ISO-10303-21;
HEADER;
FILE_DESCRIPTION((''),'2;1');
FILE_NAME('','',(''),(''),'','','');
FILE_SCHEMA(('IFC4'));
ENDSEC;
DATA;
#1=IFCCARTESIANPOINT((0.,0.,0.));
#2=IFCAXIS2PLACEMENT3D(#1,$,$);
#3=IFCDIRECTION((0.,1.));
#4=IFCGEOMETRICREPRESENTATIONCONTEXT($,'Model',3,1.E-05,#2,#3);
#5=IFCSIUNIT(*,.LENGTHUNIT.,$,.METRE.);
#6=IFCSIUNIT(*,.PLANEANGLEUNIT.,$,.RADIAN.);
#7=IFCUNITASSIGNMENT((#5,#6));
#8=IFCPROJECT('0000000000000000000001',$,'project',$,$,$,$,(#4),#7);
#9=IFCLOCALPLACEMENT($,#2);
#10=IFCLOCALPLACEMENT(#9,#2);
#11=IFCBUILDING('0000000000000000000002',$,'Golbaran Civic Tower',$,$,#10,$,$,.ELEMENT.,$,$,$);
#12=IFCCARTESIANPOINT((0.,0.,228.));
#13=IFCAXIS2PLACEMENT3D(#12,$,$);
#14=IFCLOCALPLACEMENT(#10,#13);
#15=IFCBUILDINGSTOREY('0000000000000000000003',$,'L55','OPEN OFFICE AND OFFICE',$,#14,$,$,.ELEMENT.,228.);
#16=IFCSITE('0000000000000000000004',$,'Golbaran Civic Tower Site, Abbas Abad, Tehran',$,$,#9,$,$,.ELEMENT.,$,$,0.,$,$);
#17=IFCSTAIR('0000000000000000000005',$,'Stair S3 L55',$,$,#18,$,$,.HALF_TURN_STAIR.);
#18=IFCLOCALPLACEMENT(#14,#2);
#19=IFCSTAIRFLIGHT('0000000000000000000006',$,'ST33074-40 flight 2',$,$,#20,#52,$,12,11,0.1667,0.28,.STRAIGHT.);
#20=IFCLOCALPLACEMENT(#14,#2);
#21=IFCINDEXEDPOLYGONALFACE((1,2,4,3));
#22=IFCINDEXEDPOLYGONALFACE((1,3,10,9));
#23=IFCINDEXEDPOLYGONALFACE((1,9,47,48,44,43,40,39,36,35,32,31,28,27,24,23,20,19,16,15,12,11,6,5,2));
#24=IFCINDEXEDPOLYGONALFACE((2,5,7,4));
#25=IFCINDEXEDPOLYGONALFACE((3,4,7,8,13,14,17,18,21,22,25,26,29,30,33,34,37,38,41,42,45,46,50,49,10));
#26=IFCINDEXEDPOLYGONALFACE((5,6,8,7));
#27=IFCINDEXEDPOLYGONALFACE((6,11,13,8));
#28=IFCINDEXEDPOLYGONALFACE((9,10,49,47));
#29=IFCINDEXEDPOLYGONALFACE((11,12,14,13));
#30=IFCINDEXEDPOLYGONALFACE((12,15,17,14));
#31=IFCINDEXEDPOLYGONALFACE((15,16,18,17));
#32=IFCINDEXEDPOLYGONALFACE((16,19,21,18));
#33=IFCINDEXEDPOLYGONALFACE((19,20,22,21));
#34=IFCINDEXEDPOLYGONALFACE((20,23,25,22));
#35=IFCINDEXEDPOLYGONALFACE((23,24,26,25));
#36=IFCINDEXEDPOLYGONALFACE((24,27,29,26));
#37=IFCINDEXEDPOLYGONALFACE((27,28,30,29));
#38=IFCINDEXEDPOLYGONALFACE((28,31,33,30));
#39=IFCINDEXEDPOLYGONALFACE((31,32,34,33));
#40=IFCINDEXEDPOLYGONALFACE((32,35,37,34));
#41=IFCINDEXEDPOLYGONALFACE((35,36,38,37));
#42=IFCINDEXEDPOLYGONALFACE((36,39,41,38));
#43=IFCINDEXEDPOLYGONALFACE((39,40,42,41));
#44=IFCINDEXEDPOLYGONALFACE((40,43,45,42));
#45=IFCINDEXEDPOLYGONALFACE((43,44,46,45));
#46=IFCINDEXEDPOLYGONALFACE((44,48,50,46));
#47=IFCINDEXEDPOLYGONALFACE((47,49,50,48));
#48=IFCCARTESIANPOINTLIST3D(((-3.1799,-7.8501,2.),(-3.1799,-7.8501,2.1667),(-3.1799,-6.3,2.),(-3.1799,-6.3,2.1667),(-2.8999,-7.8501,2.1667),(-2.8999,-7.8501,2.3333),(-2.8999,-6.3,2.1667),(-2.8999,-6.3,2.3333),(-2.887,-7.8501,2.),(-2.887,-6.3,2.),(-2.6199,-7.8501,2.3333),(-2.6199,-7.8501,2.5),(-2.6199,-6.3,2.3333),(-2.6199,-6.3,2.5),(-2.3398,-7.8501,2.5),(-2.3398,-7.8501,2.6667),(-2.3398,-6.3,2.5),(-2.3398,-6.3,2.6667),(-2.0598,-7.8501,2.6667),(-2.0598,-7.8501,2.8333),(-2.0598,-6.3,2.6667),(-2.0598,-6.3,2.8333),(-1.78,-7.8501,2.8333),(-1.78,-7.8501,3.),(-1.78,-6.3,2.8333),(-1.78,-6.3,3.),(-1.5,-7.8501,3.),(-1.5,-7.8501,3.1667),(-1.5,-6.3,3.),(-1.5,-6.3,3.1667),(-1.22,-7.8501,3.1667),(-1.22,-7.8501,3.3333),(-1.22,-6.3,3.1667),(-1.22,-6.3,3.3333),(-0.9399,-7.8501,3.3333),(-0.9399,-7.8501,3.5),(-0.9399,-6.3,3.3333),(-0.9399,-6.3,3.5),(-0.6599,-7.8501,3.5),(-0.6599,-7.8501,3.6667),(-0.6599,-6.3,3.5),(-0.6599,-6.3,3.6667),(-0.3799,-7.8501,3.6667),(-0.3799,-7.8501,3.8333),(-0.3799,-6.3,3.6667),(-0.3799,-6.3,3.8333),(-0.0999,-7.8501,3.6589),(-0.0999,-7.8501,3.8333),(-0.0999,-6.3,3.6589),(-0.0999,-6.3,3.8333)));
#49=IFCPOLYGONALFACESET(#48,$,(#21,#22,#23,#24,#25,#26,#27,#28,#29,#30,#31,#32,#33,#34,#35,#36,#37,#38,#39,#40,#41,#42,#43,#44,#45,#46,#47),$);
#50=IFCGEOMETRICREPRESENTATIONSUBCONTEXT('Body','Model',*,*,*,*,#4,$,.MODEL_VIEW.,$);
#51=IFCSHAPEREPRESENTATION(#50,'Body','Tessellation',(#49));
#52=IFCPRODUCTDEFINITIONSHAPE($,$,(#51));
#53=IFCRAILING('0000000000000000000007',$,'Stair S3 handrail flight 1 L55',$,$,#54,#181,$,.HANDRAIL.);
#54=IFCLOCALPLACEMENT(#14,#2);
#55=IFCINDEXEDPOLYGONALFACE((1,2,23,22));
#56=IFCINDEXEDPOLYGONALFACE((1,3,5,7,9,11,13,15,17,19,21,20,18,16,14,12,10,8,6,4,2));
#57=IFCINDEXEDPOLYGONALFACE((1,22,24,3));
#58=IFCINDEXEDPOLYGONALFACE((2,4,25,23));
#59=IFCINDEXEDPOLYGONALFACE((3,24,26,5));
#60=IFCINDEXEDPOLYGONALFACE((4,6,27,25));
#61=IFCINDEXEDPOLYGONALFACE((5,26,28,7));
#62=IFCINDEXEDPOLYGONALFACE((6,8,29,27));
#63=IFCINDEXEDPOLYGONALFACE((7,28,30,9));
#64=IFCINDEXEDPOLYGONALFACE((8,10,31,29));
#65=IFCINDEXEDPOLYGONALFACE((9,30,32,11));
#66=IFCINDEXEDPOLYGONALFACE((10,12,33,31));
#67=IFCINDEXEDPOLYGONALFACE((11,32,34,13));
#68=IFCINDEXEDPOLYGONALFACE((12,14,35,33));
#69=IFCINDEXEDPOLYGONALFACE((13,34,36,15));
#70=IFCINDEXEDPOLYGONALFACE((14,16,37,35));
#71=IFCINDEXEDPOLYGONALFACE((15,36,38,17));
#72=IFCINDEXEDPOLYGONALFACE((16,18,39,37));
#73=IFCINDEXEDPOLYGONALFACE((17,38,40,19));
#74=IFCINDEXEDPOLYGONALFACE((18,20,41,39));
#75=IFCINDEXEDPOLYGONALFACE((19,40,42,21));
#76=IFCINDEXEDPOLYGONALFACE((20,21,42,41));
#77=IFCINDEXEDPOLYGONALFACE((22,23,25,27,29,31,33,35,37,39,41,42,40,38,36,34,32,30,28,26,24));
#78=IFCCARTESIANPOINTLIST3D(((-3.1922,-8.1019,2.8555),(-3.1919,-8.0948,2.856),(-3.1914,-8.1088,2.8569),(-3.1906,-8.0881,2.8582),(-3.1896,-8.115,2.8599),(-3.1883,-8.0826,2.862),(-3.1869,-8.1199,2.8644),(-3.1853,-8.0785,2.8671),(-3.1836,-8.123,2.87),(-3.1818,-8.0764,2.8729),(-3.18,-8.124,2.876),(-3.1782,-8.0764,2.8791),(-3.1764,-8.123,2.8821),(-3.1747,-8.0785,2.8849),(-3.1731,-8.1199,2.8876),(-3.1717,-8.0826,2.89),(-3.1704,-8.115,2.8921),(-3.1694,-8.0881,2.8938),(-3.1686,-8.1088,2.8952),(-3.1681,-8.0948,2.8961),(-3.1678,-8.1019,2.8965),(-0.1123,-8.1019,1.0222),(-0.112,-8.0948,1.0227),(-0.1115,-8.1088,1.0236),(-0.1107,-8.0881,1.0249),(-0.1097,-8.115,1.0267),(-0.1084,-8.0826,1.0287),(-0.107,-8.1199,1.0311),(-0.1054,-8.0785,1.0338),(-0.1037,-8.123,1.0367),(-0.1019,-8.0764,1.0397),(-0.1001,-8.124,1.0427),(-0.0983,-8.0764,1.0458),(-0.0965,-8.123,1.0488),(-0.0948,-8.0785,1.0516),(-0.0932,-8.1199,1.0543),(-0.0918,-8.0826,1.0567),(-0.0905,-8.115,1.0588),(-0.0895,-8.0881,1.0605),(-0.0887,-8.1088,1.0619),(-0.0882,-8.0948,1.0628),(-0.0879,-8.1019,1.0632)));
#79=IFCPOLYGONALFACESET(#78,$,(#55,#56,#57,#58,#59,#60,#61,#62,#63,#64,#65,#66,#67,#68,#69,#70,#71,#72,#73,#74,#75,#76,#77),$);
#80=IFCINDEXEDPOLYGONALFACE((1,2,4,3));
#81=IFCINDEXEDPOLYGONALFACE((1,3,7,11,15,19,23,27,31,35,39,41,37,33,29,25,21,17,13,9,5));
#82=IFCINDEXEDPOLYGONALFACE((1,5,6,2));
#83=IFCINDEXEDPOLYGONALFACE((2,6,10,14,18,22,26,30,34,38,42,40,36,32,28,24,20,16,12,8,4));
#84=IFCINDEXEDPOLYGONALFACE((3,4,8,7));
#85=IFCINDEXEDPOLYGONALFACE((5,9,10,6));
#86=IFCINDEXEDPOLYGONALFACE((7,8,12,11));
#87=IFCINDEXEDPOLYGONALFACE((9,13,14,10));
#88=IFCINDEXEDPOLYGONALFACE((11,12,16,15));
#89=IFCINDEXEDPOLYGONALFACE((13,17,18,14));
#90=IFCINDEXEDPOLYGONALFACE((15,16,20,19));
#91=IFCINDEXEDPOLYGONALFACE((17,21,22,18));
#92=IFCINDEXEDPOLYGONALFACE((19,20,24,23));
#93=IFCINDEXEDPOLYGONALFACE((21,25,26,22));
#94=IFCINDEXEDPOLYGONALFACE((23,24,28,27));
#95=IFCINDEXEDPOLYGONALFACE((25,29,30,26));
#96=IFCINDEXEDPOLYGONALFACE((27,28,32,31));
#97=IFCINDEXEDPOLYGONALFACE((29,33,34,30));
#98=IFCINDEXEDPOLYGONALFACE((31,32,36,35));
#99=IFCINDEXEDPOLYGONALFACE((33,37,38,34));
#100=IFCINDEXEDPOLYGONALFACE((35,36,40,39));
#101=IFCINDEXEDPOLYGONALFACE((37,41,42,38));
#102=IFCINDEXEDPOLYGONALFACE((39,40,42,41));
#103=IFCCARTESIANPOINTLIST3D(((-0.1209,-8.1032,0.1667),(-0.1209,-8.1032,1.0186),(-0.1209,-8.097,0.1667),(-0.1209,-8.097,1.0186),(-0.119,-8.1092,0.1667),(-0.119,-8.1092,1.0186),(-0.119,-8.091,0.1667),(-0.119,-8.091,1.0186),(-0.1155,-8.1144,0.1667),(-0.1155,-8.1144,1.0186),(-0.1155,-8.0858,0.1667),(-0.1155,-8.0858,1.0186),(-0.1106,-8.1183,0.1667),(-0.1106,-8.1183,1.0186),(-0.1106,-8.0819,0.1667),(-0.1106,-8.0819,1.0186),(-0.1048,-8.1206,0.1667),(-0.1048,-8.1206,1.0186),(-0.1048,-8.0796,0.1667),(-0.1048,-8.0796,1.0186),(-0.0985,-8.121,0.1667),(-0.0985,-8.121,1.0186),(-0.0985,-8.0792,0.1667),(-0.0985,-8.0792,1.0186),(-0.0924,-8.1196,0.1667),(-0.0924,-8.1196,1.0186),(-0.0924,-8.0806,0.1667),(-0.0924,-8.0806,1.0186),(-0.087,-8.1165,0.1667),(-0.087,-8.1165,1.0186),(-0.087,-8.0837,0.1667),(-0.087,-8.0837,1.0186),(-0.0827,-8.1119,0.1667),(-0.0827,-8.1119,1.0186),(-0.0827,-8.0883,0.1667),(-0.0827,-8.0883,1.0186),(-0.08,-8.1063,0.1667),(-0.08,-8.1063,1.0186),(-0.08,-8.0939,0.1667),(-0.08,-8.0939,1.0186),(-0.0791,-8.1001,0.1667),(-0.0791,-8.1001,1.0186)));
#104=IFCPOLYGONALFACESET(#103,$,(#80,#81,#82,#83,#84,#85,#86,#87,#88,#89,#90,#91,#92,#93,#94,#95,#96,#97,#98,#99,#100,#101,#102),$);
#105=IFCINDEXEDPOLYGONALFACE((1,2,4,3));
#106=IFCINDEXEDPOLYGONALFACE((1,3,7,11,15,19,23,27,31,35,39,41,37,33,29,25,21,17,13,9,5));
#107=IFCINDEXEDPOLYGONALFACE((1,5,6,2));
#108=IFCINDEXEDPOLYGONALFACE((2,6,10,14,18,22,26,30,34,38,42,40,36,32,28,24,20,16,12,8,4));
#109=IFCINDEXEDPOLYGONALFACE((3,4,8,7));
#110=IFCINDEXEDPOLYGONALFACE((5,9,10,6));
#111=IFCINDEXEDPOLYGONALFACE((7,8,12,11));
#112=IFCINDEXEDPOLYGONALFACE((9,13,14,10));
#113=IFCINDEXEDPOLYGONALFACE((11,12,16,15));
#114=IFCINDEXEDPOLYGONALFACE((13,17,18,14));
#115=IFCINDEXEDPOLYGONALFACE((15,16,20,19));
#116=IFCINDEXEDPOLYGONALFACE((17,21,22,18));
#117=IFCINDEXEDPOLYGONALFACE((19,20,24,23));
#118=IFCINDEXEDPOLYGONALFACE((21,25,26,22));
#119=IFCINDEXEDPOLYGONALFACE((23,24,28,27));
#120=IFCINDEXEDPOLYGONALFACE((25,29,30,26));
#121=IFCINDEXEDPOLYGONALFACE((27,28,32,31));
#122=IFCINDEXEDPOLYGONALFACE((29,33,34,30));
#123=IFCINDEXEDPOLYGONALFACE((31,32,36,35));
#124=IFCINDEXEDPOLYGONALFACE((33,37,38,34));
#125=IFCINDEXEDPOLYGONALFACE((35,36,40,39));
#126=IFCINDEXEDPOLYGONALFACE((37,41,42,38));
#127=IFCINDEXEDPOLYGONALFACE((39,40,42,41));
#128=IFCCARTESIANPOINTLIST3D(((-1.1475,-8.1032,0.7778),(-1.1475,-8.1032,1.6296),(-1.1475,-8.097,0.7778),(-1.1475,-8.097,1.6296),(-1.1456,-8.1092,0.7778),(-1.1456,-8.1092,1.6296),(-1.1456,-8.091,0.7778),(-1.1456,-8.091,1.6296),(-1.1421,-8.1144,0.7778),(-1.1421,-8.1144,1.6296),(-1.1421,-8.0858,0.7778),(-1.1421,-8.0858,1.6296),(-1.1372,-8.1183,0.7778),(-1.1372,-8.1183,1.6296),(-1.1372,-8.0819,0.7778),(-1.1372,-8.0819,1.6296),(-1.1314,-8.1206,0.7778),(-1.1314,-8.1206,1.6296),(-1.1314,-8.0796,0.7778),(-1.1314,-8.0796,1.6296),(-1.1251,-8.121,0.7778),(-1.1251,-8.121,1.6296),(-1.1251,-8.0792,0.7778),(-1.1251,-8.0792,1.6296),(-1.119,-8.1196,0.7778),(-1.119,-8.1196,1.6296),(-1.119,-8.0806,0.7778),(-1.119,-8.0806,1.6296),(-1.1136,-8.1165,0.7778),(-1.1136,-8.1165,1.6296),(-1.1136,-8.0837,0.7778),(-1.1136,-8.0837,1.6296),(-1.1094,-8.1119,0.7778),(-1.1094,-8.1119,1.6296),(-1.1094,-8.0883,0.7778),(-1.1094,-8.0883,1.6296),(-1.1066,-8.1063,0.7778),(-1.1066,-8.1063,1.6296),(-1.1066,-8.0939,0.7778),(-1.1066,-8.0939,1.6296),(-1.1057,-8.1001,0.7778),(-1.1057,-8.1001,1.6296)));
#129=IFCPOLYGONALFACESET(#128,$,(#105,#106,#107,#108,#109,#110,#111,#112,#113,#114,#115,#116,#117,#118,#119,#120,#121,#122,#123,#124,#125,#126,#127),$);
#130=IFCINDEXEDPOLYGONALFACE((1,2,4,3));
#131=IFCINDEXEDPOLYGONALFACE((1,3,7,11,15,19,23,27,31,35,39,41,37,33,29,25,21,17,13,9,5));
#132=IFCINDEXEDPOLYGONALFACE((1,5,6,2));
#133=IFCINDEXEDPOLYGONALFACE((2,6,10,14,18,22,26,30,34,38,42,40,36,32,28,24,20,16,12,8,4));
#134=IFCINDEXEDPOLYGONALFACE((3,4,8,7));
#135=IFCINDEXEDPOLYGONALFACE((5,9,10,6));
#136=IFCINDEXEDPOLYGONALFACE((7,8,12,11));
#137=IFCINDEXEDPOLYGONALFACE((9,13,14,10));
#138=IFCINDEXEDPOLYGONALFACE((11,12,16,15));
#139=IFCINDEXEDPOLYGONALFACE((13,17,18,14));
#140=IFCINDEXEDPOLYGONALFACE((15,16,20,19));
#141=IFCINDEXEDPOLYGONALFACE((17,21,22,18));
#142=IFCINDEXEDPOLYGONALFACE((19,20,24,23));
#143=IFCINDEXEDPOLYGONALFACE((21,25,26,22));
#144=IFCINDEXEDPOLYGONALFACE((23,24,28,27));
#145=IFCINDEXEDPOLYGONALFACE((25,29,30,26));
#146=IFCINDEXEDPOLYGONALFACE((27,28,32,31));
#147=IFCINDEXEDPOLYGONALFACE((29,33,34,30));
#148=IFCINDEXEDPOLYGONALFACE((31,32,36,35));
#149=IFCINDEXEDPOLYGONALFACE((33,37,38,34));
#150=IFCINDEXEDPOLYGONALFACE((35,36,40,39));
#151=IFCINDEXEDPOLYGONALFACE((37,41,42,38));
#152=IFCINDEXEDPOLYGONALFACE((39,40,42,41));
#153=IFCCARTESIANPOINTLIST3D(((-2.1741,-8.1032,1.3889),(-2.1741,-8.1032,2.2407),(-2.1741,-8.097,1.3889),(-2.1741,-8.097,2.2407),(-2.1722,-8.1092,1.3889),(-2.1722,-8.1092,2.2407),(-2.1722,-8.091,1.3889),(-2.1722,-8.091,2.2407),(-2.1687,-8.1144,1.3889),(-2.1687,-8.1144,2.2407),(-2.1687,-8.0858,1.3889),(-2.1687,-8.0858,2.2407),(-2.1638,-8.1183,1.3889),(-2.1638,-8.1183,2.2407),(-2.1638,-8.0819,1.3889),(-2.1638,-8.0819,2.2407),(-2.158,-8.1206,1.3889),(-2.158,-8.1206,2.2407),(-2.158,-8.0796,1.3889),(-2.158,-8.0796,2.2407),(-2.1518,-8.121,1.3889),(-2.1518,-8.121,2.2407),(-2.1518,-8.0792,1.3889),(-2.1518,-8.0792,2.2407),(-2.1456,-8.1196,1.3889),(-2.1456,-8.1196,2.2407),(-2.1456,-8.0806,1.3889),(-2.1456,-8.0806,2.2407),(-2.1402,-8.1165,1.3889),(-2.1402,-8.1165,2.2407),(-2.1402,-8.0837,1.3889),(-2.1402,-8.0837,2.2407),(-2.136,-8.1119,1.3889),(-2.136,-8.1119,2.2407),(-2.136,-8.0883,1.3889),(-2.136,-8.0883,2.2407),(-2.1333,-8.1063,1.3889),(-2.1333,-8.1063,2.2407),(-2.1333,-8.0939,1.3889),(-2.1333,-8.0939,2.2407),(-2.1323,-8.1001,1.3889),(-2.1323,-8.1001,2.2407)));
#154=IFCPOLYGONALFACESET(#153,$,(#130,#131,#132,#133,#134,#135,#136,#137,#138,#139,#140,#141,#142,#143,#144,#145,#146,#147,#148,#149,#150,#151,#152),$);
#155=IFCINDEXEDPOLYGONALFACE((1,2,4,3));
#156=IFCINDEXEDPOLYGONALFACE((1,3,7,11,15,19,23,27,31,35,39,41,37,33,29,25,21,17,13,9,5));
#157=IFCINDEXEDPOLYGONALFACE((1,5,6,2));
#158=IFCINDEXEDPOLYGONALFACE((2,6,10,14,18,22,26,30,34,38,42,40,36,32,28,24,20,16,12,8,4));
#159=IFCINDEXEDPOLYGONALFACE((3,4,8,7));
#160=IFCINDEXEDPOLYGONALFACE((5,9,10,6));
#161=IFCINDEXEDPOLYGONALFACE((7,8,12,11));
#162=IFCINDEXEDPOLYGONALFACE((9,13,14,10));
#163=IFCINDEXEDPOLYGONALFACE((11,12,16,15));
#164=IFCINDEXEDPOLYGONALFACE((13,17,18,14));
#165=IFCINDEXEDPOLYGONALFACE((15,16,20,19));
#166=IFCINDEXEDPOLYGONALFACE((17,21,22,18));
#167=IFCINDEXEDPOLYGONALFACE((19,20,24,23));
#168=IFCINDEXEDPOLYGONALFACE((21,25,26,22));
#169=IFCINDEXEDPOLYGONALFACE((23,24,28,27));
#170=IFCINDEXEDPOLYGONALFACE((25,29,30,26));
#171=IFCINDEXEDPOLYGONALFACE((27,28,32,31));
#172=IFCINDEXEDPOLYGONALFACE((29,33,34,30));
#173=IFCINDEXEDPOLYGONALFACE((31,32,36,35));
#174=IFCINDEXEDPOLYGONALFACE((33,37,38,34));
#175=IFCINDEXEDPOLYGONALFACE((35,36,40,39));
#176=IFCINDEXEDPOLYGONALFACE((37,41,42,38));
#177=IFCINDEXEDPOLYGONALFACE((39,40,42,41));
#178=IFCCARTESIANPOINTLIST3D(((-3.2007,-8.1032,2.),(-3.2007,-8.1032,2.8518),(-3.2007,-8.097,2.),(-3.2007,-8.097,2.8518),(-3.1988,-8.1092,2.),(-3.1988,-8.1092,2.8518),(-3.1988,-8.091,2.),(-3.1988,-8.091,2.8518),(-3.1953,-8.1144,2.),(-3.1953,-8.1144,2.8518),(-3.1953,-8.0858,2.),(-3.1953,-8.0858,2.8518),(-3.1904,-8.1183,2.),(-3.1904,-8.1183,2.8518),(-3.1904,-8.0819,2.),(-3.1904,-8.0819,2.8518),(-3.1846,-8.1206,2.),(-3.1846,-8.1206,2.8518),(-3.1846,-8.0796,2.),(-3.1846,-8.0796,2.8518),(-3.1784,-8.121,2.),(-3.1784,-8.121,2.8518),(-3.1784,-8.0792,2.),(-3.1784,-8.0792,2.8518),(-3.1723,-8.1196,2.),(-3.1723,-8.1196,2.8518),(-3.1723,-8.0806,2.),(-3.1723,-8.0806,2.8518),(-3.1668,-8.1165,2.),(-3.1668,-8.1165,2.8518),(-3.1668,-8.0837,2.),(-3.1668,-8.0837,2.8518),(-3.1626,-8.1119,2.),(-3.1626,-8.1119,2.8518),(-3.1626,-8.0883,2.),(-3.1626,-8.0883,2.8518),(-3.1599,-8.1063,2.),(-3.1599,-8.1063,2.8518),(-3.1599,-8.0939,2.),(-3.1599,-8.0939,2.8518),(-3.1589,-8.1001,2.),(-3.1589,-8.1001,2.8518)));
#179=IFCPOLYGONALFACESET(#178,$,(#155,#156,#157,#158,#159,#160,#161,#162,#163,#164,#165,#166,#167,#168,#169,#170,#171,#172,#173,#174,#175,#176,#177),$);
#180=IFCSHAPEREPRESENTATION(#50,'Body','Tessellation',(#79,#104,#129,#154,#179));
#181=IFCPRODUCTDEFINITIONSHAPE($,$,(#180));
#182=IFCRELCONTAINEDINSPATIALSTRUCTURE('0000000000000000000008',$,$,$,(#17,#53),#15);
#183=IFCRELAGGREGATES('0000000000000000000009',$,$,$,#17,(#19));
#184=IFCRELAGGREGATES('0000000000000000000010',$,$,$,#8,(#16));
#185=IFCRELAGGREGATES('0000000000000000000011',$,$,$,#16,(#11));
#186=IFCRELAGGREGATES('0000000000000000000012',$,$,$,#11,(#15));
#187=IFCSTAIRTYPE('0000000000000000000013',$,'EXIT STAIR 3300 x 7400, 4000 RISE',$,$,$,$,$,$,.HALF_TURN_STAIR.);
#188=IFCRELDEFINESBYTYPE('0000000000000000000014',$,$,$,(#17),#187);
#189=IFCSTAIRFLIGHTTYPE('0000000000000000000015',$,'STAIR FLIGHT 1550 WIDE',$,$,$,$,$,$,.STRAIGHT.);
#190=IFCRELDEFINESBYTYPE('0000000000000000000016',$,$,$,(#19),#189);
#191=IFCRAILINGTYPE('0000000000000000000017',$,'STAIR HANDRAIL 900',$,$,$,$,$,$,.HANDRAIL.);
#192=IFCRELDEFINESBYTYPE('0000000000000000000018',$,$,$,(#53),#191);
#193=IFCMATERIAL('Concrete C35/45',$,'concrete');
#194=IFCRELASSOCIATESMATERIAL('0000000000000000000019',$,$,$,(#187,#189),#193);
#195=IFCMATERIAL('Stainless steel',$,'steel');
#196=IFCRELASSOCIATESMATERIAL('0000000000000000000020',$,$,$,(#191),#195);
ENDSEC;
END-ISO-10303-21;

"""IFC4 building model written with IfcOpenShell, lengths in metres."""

from ifc_helpers import new_model, si_unit, direction, frame, origin, origin_2d, place, context, subcontext, project, spatial, polyline, circle, outline, extrude, material, type_object, element, aggregate, save


model = new_model("IFC4")

# Units and contexts
model_context = context("Model", 3, precision=1e-05, world=origin(), true_north=direction((0.0, 1.0)))
body_context = subcontext(model_context, "Body", "Model", "MODEL_VIEW")
ifc_project = project(units=[si_unit("LENGTHUNIT", "METRE"), si_unit("PLANEANGLEUNIT", "RADIAN")], contexts=[model_context])

# Site, building, storey
site_placement = place(None, origin())
site = spatial("IfcSite", under=ifc_project, at=site_placement, Name="Golbaran Civic Tower Site, Abbas Abad, Tehran", CompositionType="ELEMENT", RefElevation=0.0)
building_placement = place(site_placement, origin())
building = spatial("IfcBuilding", under=site, at=building_placement, Name="Golbaran Civic Tower", CompositionType="ELEMENT")
storey_placement = place(building_placement, frame((0.0, 0.0, 228.0)))
storey = spatial("IfcBuildingStorey", under=building, at=storey_placement, Name="L55", Description="OPEN OFFICE AND OFFICE", CompositionType="ELEMENT", Elevation=228.0)

# Shared definitions
ifc_material_1 = material(Name="Concrete C35/45", Category="concrete")

# Shared definitions
ifc_material_2 = material(Name="Stainless steel", Category="steel")

# Stair, stair flight
stair_type_1 = type_object("IfcStairType", Name="EXIT STAIR 3300 x 7400, 4000 RISE", PredefinedType="HALF_TURN_STAIR", material=ifc_material_1)
stair_1_placement = place(storey_placement, origin())
stair_1 = element("IfcStair", 1, at=stair_1_placement, inside=storey, type_object=stair_type_1, Name="Stair S3 L55", PredefinedType="HALF_TURN_STAIR")
stair_flight_type = type_object("IfcStairFlightType", Name="STAIR FLIGHT 1550 WIDE", PredefinedType="STRAIGHT", material=ifc_material_1)
stair_flight_1_placement = place(storey_placement, frame((-3.1799, -7.075, 2.0), z_axis=(0.0, 0.0, 1.0), x_axis=(1.0, 0.0, 0.0)))
stair_flight_1 = element("IfcStairFlight", 2, at=stair_flight_1_placement, type_object=stair_flight_type, Name="ST33074-40 flight 2", NumberOfRisers=12, NumberOfTreads=11, PredefinedType="STRAIGHT", RiserHeight=0.1667, TreadLength=0.28, context=body_context, shape_type="SweptSolid", body=[
    extrude(outline(polyline([(0.0, 0.0), (0.0, 0.1667), (0.28, 0.1667), (0.28, 0.3333), (0.5601, 0.3333), (0.5601, 0.5), (0.8401, 0.5), (0.8401, 0.6667), (1.1201, 0.6667), (1.1201, 0.8333), (1.3999, 0.8333), (1.3999, 1.0), (1.6799, 1.0), (1.6799, 1.1667), (1.96, 1.1667), (1.96, 1.3333), (2.24, 1.3333), (2.24, 1.5), (2.52, 1.5), (2.52, 1.6667), (2.8, 1.6667), (2.8, 1.8333), (3.0801, 1.8333), (3.0801, 2.0), (3.0801, 1.6589), (0.293, 0.0), (0.0, 0.0)])), frame((0.0, 0.7749, 0.0), z_axis=(0.0, -1.0, 0.0), x_axis=(1.0, 0.0, 0.0)), (0.0, 0.0, 1.0), 1.55),
])
aggregate(stair_1, [stair_flight_1])

# Railing
railing_type = type_object("IfcRailingType", Name="STAIR HANDRAIL 900", PredefinedType="HANDRAIL", material=ifc_material_2)
railing_1_placement = place(storey_placement, frame((-0.1001, -8.1001, 0.1667)))
element("IfcRailing", 3, at=railing_1_placement, inside=storey, type_object=railing_type, Name="Stair S3 handrail flight 1 L55", PredefinedType="HANDRAIL", context=body_context, shape_type="SweptSolid", body=[
    extrude(circle(Radius=0.0239, at=origin_2d()), frame((0.0, 0.0, 0.876), z_axis=(-0.859291, 0.0, 0.511487), x_axis=(0.0, -1.0, 0.0)), (0.0, 0.0, 1.0), 3.5842),
    extrude(circle(Radius=0.021, at=origin_2d()), origin(), (0.0, 0.0, 1.0), 0.8518),
    extrude(circle(Radius=0.021, at=origin_2d()), frame((-1.0266, 0.0, 0.6111)), (0.0, 0.0, 1.0), 0.8518),
    extrude(circle(Radius=0.021, at=origin_2d()), frame((-2.0532, 0.0, 1.2222)), (0.0, 0.0, 1.0), 0.8518),
    extrude(circle(Radius=0.021, at=origin_2d()), frame((-3.0798, 0.0, 1.8333)), (0.0, 0.0, 1.0), 0.8518),
])

save(model, "model.ifc")
